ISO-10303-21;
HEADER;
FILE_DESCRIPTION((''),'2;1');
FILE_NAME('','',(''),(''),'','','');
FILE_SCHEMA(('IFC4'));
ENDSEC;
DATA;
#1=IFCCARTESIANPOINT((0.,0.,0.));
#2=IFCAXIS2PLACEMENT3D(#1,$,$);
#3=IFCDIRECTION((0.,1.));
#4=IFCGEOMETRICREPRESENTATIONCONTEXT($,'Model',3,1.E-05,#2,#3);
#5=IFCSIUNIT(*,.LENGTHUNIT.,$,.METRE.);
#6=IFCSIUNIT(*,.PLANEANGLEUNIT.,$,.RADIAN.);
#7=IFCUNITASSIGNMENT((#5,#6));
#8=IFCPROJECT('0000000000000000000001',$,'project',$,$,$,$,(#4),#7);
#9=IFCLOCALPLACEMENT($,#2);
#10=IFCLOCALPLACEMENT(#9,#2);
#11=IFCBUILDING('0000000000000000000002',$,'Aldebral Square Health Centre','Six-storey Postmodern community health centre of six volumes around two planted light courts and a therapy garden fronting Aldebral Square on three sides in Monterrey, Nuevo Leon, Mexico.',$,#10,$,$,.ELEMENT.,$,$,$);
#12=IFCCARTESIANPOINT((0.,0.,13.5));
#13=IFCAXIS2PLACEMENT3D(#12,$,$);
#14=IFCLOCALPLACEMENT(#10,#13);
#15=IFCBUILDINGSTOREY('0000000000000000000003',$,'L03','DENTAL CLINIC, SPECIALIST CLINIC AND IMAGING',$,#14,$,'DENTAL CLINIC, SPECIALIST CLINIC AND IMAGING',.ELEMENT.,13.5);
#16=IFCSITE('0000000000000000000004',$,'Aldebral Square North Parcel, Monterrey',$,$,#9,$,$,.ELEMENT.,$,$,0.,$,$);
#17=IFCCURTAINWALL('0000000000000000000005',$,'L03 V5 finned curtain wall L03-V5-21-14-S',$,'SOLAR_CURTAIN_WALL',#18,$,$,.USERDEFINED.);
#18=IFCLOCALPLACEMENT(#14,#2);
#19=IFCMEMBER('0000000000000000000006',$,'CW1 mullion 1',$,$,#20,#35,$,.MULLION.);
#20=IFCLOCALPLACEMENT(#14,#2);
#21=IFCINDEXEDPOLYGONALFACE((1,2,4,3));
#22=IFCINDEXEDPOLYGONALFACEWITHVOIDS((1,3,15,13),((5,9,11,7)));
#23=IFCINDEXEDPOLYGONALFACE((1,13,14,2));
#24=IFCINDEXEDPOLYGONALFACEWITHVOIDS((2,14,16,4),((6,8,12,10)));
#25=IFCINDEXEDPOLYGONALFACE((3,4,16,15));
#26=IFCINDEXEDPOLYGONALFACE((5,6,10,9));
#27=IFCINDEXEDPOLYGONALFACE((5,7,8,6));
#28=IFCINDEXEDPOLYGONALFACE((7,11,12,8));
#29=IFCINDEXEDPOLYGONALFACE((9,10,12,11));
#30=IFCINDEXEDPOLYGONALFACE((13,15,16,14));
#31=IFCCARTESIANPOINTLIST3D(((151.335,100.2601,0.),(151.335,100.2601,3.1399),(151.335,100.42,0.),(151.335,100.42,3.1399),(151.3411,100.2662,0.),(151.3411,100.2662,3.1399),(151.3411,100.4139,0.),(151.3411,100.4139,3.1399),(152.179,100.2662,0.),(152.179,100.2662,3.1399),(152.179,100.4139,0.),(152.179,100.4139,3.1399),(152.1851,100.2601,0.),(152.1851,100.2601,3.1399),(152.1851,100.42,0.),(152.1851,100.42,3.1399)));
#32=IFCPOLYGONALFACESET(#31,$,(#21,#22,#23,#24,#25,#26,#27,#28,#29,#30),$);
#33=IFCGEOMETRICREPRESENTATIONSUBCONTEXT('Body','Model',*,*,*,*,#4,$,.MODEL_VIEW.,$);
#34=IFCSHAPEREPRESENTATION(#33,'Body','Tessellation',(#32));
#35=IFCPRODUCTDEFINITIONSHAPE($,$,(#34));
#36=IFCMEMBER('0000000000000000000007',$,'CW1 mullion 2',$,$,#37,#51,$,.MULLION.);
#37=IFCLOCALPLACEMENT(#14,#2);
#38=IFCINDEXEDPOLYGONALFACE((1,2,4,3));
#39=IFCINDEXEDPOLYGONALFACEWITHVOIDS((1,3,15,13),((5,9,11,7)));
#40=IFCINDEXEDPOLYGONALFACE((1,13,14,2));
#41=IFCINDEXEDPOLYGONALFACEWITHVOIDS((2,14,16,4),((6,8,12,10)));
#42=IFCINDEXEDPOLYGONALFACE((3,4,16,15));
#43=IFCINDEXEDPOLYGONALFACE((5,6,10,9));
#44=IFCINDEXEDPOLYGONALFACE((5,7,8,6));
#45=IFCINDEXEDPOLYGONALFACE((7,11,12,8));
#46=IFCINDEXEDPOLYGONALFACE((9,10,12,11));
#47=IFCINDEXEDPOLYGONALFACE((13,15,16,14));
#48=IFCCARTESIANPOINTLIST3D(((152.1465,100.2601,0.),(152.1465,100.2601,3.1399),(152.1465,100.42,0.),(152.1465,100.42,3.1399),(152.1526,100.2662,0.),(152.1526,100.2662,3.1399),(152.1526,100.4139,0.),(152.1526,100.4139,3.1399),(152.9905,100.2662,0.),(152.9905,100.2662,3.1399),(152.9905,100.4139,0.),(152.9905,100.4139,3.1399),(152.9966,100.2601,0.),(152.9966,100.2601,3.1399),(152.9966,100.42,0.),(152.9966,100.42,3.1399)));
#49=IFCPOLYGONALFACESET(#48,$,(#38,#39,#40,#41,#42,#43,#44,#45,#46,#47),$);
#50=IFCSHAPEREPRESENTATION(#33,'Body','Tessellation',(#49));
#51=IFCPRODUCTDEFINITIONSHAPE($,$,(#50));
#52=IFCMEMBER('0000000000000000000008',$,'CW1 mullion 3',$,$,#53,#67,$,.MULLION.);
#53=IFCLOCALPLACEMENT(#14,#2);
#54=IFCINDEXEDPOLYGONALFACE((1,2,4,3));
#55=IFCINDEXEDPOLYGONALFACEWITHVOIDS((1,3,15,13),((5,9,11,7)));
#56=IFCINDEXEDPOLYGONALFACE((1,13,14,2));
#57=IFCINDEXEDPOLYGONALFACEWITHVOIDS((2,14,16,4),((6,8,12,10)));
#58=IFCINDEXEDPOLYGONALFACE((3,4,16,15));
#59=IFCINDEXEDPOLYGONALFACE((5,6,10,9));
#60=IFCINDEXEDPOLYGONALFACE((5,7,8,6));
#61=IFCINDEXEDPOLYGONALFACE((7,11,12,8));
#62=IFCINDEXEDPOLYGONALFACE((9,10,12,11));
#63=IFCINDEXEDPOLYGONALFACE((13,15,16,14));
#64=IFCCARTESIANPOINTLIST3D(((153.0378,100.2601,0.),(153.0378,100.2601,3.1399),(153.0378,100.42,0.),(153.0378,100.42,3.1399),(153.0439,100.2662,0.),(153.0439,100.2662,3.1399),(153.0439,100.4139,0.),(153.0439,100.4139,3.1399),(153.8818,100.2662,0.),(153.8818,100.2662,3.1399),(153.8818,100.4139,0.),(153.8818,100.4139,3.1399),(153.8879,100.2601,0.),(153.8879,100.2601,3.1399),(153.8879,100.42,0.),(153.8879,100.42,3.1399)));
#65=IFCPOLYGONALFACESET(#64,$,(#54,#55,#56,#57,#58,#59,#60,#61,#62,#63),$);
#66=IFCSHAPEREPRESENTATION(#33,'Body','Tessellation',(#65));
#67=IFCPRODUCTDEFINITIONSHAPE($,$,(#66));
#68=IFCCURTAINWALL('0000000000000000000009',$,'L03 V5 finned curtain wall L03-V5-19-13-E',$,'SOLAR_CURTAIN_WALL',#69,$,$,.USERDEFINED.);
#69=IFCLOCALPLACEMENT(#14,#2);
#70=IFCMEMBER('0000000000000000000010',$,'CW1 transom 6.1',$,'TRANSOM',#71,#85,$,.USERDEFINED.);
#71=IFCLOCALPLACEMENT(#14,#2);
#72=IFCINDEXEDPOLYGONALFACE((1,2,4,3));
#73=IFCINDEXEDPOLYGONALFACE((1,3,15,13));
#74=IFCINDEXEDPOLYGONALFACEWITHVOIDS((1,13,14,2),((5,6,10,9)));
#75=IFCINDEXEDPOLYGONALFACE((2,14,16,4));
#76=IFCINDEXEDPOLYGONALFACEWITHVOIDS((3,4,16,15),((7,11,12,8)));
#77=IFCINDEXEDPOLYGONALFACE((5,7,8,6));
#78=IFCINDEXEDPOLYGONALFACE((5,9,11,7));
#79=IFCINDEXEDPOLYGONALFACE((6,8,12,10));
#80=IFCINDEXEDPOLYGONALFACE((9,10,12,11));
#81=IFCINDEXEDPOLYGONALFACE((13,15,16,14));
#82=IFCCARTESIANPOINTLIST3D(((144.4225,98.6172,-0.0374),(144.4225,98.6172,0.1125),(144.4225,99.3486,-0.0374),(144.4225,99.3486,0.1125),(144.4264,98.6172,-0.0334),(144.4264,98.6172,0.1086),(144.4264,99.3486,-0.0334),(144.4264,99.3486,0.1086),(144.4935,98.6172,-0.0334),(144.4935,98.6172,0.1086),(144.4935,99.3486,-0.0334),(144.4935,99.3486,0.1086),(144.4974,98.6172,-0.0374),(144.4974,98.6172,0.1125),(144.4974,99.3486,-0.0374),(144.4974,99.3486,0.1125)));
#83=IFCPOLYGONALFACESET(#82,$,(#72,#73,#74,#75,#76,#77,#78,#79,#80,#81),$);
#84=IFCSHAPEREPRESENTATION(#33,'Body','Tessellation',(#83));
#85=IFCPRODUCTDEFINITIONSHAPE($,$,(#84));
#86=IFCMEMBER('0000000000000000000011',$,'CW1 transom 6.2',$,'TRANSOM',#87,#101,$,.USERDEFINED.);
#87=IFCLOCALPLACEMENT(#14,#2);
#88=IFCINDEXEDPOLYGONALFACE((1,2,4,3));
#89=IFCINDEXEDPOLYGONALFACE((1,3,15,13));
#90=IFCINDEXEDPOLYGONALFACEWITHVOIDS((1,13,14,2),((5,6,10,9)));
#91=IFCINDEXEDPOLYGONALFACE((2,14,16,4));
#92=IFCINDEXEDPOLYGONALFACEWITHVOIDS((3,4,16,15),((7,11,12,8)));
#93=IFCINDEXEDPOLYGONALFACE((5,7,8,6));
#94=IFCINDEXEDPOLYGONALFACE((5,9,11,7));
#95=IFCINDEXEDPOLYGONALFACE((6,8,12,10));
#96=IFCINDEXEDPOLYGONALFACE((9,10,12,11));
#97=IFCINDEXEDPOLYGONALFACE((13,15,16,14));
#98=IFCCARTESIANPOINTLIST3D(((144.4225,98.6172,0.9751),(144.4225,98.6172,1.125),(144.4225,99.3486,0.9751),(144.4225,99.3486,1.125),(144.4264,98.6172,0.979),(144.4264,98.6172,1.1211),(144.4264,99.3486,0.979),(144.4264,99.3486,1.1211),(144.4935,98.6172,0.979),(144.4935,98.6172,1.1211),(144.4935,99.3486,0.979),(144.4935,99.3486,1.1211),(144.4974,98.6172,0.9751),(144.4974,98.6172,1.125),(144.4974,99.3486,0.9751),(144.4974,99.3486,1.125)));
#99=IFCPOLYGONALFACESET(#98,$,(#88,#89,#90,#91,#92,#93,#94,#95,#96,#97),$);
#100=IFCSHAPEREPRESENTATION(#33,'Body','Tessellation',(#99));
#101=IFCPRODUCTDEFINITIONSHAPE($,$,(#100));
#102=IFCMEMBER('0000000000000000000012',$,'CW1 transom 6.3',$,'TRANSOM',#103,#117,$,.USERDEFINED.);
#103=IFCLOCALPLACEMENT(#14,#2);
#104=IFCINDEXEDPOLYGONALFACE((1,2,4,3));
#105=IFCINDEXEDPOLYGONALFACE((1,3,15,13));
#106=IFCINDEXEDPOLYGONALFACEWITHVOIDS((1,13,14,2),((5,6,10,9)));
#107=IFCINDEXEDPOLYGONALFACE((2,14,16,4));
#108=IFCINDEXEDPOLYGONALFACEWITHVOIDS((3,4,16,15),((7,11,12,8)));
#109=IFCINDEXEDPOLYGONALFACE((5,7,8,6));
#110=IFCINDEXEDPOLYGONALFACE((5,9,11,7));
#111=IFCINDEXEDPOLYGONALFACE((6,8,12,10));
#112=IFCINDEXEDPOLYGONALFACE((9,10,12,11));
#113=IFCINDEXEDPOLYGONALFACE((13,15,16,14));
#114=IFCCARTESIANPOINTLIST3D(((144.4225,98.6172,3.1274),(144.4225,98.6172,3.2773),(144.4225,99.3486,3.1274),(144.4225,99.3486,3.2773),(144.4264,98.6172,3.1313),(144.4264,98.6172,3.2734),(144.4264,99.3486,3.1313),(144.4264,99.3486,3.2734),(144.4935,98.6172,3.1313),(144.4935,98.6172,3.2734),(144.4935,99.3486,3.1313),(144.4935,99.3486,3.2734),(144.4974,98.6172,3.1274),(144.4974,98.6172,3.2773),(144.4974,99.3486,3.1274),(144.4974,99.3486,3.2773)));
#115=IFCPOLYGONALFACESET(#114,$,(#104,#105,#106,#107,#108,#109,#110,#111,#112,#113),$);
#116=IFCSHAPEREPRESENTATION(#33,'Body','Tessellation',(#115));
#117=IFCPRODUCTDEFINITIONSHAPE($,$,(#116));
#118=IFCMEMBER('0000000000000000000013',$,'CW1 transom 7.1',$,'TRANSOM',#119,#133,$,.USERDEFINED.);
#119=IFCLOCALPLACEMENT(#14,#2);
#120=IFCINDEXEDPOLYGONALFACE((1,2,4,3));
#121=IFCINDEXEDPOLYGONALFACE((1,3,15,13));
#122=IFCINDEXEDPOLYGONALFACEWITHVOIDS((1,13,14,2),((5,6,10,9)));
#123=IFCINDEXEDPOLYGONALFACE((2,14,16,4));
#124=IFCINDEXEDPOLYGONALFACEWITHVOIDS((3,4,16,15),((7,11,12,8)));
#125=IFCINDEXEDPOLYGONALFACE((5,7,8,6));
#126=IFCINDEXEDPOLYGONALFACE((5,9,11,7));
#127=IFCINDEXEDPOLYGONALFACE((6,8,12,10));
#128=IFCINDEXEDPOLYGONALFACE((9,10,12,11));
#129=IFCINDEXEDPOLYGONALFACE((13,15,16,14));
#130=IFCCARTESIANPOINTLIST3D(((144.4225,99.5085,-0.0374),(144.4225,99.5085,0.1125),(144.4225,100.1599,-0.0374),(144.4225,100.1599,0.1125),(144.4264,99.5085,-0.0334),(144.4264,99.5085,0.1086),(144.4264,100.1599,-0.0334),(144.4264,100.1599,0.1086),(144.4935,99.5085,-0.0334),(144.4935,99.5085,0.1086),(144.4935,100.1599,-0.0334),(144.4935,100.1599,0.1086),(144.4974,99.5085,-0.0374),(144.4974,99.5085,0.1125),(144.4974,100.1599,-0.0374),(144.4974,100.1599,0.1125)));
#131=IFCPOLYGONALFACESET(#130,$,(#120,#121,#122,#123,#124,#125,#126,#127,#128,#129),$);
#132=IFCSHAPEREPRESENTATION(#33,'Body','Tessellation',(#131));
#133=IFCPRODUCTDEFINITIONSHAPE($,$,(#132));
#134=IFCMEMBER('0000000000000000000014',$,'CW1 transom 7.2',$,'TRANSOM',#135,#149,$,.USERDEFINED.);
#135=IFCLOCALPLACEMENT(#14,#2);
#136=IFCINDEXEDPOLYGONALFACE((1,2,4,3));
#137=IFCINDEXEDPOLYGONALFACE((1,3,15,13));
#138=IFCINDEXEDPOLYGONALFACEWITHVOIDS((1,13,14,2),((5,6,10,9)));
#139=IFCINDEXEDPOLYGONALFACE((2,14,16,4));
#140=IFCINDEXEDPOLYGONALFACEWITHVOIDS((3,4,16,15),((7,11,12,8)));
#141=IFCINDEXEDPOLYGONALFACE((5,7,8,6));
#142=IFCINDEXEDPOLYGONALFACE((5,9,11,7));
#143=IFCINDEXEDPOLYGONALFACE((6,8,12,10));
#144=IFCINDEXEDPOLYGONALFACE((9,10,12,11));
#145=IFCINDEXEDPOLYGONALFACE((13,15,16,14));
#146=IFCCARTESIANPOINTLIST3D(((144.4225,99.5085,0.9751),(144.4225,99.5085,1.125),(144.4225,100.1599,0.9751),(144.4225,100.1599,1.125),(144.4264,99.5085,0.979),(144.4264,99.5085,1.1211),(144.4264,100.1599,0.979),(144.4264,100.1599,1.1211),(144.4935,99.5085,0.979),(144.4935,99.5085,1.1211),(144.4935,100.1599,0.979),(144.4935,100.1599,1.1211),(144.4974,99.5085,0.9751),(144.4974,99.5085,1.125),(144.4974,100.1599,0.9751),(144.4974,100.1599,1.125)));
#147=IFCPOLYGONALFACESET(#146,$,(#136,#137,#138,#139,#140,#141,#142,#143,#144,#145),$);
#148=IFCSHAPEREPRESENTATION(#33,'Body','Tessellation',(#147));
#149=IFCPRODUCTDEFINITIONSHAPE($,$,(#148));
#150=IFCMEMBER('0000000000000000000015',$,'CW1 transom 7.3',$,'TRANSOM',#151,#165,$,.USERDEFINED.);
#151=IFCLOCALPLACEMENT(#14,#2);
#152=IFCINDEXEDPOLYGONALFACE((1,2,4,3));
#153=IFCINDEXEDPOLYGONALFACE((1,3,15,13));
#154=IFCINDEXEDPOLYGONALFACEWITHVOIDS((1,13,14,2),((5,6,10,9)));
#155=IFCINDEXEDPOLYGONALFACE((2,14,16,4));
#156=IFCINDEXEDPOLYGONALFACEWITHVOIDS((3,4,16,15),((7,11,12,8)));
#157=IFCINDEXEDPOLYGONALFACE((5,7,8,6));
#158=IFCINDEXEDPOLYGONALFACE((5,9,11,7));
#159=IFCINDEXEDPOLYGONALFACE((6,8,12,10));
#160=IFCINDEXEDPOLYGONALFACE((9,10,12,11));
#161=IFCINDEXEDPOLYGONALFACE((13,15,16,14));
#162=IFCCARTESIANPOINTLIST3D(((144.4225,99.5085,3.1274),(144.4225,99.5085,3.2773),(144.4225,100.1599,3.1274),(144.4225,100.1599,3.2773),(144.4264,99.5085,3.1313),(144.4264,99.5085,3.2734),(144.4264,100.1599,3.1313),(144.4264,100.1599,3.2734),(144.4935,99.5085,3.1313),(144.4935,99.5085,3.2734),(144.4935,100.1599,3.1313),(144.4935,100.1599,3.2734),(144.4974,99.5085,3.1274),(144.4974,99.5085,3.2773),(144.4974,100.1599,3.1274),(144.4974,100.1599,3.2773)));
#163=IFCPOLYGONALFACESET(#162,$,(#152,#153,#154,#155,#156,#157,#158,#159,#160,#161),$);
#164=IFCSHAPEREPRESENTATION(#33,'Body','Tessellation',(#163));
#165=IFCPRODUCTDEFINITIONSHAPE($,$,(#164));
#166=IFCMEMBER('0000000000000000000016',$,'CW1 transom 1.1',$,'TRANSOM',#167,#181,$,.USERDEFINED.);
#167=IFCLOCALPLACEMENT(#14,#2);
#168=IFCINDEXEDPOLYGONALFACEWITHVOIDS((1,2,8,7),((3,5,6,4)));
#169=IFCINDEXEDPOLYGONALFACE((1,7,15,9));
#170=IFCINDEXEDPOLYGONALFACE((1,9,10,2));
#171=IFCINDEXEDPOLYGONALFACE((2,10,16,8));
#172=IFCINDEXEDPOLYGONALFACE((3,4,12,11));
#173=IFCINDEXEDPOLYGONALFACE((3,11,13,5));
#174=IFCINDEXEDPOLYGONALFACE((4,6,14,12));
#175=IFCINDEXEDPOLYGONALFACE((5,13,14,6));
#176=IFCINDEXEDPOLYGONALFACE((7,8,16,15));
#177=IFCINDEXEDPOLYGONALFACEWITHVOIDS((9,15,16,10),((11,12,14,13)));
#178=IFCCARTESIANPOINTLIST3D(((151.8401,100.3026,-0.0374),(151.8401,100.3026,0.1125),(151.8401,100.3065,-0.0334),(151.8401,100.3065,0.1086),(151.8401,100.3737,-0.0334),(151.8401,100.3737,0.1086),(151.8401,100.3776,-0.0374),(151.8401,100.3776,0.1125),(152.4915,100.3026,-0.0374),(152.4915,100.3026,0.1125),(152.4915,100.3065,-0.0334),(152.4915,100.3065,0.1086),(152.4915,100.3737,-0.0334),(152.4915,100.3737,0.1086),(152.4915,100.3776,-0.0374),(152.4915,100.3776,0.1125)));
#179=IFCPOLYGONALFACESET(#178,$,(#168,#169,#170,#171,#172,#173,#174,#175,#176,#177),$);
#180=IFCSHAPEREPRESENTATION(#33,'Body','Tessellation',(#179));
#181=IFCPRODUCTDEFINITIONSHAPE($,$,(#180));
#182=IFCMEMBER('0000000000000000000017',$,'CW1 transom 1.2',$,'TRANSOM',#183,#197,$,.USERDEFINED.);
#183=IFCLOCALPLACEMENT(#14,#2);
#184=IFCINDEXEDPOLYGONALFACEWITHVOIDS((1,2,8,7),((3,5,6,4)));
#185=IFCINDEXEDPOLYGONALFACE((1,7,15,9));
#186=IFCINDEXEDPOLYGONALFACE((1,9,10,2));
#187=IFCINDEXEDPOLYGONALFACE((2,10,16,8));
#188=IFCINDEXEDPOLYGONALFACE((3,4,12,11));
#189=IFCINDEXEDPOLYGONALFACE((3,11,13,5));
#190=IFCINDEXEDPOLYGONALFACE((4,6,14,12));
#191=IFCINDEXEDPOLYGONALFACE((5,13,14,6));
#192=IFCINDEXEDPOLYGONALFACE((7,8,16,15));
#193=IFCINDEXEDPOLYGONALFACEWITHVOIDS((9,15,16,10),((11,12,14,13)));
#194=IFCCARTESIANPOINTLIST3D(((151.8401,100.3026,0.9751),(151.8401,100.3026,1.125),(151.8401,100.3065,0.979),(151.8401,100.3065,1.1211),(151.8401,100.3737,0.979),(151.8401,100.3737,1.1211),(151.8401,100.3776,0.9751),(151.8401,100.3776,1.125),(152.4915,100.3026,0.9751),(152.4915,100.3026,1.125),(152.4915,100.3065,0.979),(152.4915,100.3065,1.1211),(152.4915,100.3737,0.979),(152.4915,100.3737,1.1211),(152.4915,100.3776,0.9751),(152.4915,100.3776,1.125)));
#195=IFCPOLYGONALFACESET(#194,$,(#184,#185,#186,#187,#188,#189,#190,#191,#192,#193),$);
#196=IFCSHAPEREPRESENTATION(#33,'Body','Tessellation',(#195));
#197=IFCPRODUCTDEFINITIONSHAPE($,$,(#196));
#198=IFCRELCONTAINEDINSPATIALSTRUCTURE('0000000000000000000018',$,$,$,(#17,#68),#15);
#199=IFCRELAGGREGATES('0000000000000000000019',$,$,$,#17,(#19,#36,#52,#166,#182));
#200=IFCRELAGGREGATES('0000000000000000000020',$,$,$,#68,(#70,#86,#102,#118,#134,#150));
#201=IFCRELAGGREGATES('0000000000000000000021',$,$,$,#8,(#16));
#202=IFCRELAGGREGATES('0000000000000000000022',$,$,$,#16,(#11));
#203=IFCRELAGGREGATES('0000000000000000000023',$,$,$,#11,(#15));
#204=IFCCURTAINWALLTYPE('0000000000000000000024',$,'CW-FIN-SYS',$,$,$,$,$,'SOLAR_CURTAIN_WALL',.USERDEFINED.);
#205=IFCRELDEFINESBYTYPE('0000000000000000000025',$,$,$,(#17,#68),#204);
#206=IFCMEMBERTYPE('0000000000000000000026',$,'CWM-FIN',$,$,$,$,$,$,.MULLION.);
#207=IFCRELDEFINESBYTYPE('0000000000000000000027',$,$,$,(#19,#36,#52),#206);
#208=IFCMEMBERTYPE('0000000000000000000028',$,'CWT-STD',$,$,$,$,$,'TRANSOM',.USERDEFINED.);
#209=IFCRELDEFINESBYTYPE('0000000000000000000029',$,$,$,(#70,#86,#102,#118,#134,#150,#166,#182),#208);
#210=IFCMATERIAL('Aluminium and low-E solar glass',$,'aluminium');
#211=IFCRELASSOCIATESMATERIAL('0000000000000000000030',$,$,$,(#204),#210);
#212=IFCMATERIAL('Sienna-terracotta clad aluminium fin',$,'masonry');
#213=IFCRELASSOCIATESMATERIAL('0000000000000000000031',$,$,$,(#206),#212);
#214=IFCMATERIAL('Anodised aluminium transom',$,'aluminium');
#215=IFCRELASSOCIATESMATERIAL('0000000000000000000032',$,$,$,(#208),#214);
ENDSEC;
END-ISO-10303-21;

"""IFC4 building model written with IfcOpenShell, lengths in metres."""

from ifc_helpers import new_model, si_unit, direction, frame, origin, origin_2d, place, context, subcontext, project, spatial, hollow_rectangle, extrude, material, material_profile, profile_set, type_object, element, aggregate, save


model = new_model("IFC4")

# Units and contexts
model_context = context("Model", 3, precision=1e-05, world=origin(), true_north=direction((0.0, 1.0)))
body_context = subcontext(model_context, "Body", "Model", "MODEL_VIEW")
ifc_project = project(units=[si_unit("LENGTHUNIT", "METRE"), si_unit("PLANEANGLEUNIT", "RADIAN")], contexts=[model_context])

# Site, building, storey
site_placement = place(None, origin())
site = spatial("IfcSite", under=ifc_project, at=site_placement, Name="Aldebral Square North Parcel, Monterrey", CompositionType="ELEMENT", RefElevation=0.0)
building_placement = place(site_placement, origin())
building = spatial("IfcBuilding", under=site, at=building_placement, Name="Aldebral Square Health Centre", Description="Six-storey Postmodern community health centre of six volumes around two planted light courts and a therapy garden fronting Aldebral Square on three sides in Monterrey, Nuevo Leon, Mexico.", CompositionType="ELEMENT")
storey_placement = place(building_placement, frame((0.0, 0.0, 13.5)))
storey = spatial("IfcBuildingStorey", under=building, at=storey_placement, Name="L03", Description="DENTAL CLINIC, SPECIALIST CLINIC AND IMAGING", LongName="DENTAL CLINIC, SPECIALIST CLINIC AND IMAGING", CompositionType="ELEMENT", Elevation=13.5)

# Curtain walls, members
ifc_material_1 = material(Name="Aluminium and low-E solar glass", Category="aluminium")
curtain_wall_type = type_object("IfcCurtainWallType", Name="CW-FIN-SYS", ElementType="SOLAR_CURTAIN_WALL", PredefinedType="USERDEFINED", material=ifc_material_1)
curtain_wall_1_placement = place(storey_placement, origin())
curtain_wall_1 = element("IfcCurtainWall", 1, at=curtain_wall_1_placement, inside=storey, type_object=curtain_wall_type, Name="L03 V5 finned curtain wall L03-V5-21-14-S", ObjectType="SOLAR_CURTAIN_WALL", PredefinedType="USERDEFINED")
ifc_material_2 = material(Name="Sienna-terracotta clad aluminium fin", Category="masonry")
ifc_material_profile_1 = material_profile(ifc_material_2, hollow_rectangle(XDim=0.1599, YDim=0.8501, WallThickness=0.0061, at=origin_2d()), Name="FIN 160x850x6")
ifc_profile_set_1 = profile_set([ifc_material_profile_1], Name="Sienna-terracotta clad aluminium fin")
member_type_1 = type_object("IfcMemberType", Name="CWM-FIN", PredefinedType="MULLION", material=ifc_profile_set_1)
member_1_placement = place(storey_placement, frame((151.76, 100.3401, 0.0), z_axis=(0.0, 0.0, 1.0), x_axis=(0.0, 1.0, 0.0)))
member_1 = element("IfcMember", 2, at=member_1_placement, type_object=member_type_1, Name="CW1 mullion 1", PredefinedType="MULLION", context=body_context, shape_type="SweptSolid", body=[
    extrude(hollow_rectangle(XDim=0.1599, YDim=0.8501, WallThickness=0.0061, at=origin_2d()), origin(), (0.0, 0.0, 1.0), 3.1399),
])
member_2_placement = place(storey_placement, frame((152.5715, 100.3401, 0.0), z_axis=(0.0, 0.0, 1.0), x_axis=(0.0, 1.0, 0.0)))
member_2 = element("IfcMember", 3, at=member_2_placement, type_object=member_type_1, Name="CW1 mullion 2", PredefinedType="MULLION", context=body_context, shape_type="SweptSolid", body=[
    extrude(hollow_rectangle(XDim=0.1599, YDim=0.8501, WallThickness=0.0061, at=origin_2d()), origin(), (0.0, 0.0, 1.0), 3.1399),
])
member_3_placement = place(storey_placement, frame((153.4629, 100.3401, 0.0), z_axis=(0.0, 0.0, 1.0), x_axis=(0.0, 1.0, 0.0)))
member_3 = element("IfcMember", 4, at=member_3_placement, type_object=member_type_1, Name="CW1 mullion 3", PredefinedType="MULLION", context=body_context, shape_type="SweptSolid", body=[
    extrude(hollow_rectangle(XDim=0.1599, YDim=0.8501, WallThickness=0.0061, at=origin_2d()), origin(), (0.0, 0.0, 1.0), 3.1399),
])
curtain_wall_2_placement = place(storey_placement, origin())
curtain_wall_2 = element("IfcCurtainWall", 5, at=curtain_wall_2_placement, inside=storey, type_object=curtain_wall_type, Name="L03 V5 finned curtain wall L03-V5-19-13-E", ObjectType="SOLAR_CURTAIN_WALL", PredefinedType="USERDEFINED")
ifc_material_3 = material(Name="Anodised aluminium transom", Category="aluminium")
ifc_material_profile_2 = material_profile(ifc_material_3, hollow_rectangle(XDim=0.075, YDim=0.1499, WallThickness=0.0039, at=origin_2d()), Name="CWT 75x150x4")
ifc_profile_set_2 = profile_set([ifc_material_profile_2], Name="Anodised aluminium transom")
member_type_2 = type_object("IfcMemberType", Name="CWT-STD", ElementType="TRANSOM", PredefinedType="USERDEFINED", material=ifc_profile_set_2)
member_4_placement = place(storey_placement, frame((144.46, 98.6172, 0.0376), z_axis=(0.0, 1.0, 0.0), x_axis=(-1.0, 0.0, 0.0)))
member_4 = element("IfcMember", 6, at=member_4_placement, type_object=member_type_2, Name="CW1 transom 6.1", ObjectType="TRANSOM", PredefinedType="USERDEFINED", context=body_context, shape_type="SweptSolid", body=[
    extrude(hollow_rectangle(XDim=0.075, YDim=0.1499, WallThickness=0.0039, at=origin_2d()), origin(), (0.0, 0.0, 1.0), 0.7314),
])
member_5_placement = place(storey_placement, frame((144.46, 98.6172, 1.05), z_axis=(0.0, 1.0, 0.0), x_axis=(-1.0, 0.0, 0.0)))
member_5 = element("IfcMember", 7, at=member_5_placement, type_object=member_type_2, Name="CW1 transom 6.2", ObjectType="TRANSOM", PredefinedType="USERDEFINED", context=body_context, shape_type="SweptSolid", body=[
    extrude(hollow_rectangle(XDim=0.075, YDim=0.1499, WallThickness=0.0039, at=origin_2d()), origin(), (0.0, 0.0, 1.0), 0.7314),
])
member_6_placement = place(storey_placement, frame((144.46, 98.6172, 3.2024), z_axis=(0.0, 1.0, 0.0), x_axis=(-1.0, 0.0, 0.0)))
member_6 = element("IfcMember", 8, at=member_6_placement, type_object=member_type_2, Name="CW1 transom 6.3", ObjectType="TRANSOM", PredefinedType="USERDEFINED", context=body_context, shape_type="SweptSolid", body=[
    extrude(hollow_rectangle(XDim=0.075, YDim=0.1499, WallThickness=0.0039, at=origin_2d()), origin(), (0.0, 0.0, 1.0), 0.7314),
])
member_7_placement = place(storey_placement, frame((144.46, 99.5085, 0.0376), z_axis=(0.0, 1.0, 0.0), x_axis=(-1.0, 0.0, 0.0)))
member_7 = element("IfcMember", 9, at=member_7_placement, type_object=member_type_2, Name="CW1 transom 7.1", ObjectType="TRANSOM", PredefinedType="USERDEFINED", context=body_context, shape_type="SweptSolid", body=[
    extrude(hollow_rectangle(XDim=0.075, YDim=0.1499, WallThickness=0.0039, at=origin_2d()), origin(), (0.0, 0.0, 1.0), 0.6514),
])
member_8_placement = place(storey_placement, frame((144.46, 99.5085, 1.05), z_axis=(0.0, 1.0, 0.0), x_axis=(-1.0, 0.0, 0.0)))
member_8 = element("IfcMember", 10, at=member_8_placement, type_object=member_type_2, Name="CW1 transom 7.2", ObjectType="TRANSOM", PredefinedType="USERDEFINED", context=body_context, shape_type="SweptSolid", body=[
    extrude(hollow_rectangle(XDim=0.075, YDim=0.1499, WallThickness=0.0039, at=origin_2d()), origin(), (0.0, 0.0, 1.0), 0.6514),
])
member_9_placement = place(storey_placement, frame((144.46, 99.5085, 3.2024), z_axis=(0.0, 1.0, 0.0), x_axis=(-1.0, 0.0, 0.0)))
member_9 = element("IfcMember", 11, at=member_9_placement, type_object=member_type_2, Name="CW1 transom 7.3", ObjectType="TRANSOM", PredefinedType="USERDEFINED", context=body_context, shape_type="SweptSolid", body=[
    extrude(hollow_rectangle(XDim=0.075, YDim=0.1499, WallThickness=0.0039, at=origin_2d()), origin(), (0.0, 0.0, 1.0), 0.6514),
])

# Members
member_10_placement = place(storey_placement, frame((151.8401, 100.3401, 0.0376), z_axis=(1.0, 0.0, 0.0), x_axis=(0.0, 1.0, 0.0)))
member_10 = element("IfcMember", 12, at=member_10_placement, type_object=member_type_2, Name="CW1 transom 1.1", ObjectType="TRANSOM", PredefinedType="USERDEFINED", context=body_context, shape_type="SweptSolid", body=[
    extrude(hollow_rectangle(XDim=0.075, YDim=0.1499, WallThickness=0.0039, at=origin_2d()), origin(), (0.0, 0.0, 1.0), 0.6514),
])
member_11_placement = place(storey_placement, frame((151.8401, 100.3401, 1.05), z_axis=(1.0, 0.0, 0.0), x_axis=(0.0, 1.0, 0.0)))
member_11 = element("IfcMember", 13, at=member_11_placement, type_object=member_type_2, Name="CW1 transom 1.2", ObjectType="TRANSOM", PredefinedType="USERDEFINED", context=body_context, shape_type="SweptSolid", body=[
    extrude(hollow_rectangle(XDim=0.075, YDim=0.1499, WallThickness=0.0039, at=origin_2d()), origin(), (0.0, 0.0, 1.0), 0.6514),
])

aggregate(curtain_wall_1, [member_1, member_2, member_3, member_10, member_11])
aggregate(curtain_wall_2, [member_4, member_5, member_6, member_7, member_8, member_9])

save(model, "model.ifc")
